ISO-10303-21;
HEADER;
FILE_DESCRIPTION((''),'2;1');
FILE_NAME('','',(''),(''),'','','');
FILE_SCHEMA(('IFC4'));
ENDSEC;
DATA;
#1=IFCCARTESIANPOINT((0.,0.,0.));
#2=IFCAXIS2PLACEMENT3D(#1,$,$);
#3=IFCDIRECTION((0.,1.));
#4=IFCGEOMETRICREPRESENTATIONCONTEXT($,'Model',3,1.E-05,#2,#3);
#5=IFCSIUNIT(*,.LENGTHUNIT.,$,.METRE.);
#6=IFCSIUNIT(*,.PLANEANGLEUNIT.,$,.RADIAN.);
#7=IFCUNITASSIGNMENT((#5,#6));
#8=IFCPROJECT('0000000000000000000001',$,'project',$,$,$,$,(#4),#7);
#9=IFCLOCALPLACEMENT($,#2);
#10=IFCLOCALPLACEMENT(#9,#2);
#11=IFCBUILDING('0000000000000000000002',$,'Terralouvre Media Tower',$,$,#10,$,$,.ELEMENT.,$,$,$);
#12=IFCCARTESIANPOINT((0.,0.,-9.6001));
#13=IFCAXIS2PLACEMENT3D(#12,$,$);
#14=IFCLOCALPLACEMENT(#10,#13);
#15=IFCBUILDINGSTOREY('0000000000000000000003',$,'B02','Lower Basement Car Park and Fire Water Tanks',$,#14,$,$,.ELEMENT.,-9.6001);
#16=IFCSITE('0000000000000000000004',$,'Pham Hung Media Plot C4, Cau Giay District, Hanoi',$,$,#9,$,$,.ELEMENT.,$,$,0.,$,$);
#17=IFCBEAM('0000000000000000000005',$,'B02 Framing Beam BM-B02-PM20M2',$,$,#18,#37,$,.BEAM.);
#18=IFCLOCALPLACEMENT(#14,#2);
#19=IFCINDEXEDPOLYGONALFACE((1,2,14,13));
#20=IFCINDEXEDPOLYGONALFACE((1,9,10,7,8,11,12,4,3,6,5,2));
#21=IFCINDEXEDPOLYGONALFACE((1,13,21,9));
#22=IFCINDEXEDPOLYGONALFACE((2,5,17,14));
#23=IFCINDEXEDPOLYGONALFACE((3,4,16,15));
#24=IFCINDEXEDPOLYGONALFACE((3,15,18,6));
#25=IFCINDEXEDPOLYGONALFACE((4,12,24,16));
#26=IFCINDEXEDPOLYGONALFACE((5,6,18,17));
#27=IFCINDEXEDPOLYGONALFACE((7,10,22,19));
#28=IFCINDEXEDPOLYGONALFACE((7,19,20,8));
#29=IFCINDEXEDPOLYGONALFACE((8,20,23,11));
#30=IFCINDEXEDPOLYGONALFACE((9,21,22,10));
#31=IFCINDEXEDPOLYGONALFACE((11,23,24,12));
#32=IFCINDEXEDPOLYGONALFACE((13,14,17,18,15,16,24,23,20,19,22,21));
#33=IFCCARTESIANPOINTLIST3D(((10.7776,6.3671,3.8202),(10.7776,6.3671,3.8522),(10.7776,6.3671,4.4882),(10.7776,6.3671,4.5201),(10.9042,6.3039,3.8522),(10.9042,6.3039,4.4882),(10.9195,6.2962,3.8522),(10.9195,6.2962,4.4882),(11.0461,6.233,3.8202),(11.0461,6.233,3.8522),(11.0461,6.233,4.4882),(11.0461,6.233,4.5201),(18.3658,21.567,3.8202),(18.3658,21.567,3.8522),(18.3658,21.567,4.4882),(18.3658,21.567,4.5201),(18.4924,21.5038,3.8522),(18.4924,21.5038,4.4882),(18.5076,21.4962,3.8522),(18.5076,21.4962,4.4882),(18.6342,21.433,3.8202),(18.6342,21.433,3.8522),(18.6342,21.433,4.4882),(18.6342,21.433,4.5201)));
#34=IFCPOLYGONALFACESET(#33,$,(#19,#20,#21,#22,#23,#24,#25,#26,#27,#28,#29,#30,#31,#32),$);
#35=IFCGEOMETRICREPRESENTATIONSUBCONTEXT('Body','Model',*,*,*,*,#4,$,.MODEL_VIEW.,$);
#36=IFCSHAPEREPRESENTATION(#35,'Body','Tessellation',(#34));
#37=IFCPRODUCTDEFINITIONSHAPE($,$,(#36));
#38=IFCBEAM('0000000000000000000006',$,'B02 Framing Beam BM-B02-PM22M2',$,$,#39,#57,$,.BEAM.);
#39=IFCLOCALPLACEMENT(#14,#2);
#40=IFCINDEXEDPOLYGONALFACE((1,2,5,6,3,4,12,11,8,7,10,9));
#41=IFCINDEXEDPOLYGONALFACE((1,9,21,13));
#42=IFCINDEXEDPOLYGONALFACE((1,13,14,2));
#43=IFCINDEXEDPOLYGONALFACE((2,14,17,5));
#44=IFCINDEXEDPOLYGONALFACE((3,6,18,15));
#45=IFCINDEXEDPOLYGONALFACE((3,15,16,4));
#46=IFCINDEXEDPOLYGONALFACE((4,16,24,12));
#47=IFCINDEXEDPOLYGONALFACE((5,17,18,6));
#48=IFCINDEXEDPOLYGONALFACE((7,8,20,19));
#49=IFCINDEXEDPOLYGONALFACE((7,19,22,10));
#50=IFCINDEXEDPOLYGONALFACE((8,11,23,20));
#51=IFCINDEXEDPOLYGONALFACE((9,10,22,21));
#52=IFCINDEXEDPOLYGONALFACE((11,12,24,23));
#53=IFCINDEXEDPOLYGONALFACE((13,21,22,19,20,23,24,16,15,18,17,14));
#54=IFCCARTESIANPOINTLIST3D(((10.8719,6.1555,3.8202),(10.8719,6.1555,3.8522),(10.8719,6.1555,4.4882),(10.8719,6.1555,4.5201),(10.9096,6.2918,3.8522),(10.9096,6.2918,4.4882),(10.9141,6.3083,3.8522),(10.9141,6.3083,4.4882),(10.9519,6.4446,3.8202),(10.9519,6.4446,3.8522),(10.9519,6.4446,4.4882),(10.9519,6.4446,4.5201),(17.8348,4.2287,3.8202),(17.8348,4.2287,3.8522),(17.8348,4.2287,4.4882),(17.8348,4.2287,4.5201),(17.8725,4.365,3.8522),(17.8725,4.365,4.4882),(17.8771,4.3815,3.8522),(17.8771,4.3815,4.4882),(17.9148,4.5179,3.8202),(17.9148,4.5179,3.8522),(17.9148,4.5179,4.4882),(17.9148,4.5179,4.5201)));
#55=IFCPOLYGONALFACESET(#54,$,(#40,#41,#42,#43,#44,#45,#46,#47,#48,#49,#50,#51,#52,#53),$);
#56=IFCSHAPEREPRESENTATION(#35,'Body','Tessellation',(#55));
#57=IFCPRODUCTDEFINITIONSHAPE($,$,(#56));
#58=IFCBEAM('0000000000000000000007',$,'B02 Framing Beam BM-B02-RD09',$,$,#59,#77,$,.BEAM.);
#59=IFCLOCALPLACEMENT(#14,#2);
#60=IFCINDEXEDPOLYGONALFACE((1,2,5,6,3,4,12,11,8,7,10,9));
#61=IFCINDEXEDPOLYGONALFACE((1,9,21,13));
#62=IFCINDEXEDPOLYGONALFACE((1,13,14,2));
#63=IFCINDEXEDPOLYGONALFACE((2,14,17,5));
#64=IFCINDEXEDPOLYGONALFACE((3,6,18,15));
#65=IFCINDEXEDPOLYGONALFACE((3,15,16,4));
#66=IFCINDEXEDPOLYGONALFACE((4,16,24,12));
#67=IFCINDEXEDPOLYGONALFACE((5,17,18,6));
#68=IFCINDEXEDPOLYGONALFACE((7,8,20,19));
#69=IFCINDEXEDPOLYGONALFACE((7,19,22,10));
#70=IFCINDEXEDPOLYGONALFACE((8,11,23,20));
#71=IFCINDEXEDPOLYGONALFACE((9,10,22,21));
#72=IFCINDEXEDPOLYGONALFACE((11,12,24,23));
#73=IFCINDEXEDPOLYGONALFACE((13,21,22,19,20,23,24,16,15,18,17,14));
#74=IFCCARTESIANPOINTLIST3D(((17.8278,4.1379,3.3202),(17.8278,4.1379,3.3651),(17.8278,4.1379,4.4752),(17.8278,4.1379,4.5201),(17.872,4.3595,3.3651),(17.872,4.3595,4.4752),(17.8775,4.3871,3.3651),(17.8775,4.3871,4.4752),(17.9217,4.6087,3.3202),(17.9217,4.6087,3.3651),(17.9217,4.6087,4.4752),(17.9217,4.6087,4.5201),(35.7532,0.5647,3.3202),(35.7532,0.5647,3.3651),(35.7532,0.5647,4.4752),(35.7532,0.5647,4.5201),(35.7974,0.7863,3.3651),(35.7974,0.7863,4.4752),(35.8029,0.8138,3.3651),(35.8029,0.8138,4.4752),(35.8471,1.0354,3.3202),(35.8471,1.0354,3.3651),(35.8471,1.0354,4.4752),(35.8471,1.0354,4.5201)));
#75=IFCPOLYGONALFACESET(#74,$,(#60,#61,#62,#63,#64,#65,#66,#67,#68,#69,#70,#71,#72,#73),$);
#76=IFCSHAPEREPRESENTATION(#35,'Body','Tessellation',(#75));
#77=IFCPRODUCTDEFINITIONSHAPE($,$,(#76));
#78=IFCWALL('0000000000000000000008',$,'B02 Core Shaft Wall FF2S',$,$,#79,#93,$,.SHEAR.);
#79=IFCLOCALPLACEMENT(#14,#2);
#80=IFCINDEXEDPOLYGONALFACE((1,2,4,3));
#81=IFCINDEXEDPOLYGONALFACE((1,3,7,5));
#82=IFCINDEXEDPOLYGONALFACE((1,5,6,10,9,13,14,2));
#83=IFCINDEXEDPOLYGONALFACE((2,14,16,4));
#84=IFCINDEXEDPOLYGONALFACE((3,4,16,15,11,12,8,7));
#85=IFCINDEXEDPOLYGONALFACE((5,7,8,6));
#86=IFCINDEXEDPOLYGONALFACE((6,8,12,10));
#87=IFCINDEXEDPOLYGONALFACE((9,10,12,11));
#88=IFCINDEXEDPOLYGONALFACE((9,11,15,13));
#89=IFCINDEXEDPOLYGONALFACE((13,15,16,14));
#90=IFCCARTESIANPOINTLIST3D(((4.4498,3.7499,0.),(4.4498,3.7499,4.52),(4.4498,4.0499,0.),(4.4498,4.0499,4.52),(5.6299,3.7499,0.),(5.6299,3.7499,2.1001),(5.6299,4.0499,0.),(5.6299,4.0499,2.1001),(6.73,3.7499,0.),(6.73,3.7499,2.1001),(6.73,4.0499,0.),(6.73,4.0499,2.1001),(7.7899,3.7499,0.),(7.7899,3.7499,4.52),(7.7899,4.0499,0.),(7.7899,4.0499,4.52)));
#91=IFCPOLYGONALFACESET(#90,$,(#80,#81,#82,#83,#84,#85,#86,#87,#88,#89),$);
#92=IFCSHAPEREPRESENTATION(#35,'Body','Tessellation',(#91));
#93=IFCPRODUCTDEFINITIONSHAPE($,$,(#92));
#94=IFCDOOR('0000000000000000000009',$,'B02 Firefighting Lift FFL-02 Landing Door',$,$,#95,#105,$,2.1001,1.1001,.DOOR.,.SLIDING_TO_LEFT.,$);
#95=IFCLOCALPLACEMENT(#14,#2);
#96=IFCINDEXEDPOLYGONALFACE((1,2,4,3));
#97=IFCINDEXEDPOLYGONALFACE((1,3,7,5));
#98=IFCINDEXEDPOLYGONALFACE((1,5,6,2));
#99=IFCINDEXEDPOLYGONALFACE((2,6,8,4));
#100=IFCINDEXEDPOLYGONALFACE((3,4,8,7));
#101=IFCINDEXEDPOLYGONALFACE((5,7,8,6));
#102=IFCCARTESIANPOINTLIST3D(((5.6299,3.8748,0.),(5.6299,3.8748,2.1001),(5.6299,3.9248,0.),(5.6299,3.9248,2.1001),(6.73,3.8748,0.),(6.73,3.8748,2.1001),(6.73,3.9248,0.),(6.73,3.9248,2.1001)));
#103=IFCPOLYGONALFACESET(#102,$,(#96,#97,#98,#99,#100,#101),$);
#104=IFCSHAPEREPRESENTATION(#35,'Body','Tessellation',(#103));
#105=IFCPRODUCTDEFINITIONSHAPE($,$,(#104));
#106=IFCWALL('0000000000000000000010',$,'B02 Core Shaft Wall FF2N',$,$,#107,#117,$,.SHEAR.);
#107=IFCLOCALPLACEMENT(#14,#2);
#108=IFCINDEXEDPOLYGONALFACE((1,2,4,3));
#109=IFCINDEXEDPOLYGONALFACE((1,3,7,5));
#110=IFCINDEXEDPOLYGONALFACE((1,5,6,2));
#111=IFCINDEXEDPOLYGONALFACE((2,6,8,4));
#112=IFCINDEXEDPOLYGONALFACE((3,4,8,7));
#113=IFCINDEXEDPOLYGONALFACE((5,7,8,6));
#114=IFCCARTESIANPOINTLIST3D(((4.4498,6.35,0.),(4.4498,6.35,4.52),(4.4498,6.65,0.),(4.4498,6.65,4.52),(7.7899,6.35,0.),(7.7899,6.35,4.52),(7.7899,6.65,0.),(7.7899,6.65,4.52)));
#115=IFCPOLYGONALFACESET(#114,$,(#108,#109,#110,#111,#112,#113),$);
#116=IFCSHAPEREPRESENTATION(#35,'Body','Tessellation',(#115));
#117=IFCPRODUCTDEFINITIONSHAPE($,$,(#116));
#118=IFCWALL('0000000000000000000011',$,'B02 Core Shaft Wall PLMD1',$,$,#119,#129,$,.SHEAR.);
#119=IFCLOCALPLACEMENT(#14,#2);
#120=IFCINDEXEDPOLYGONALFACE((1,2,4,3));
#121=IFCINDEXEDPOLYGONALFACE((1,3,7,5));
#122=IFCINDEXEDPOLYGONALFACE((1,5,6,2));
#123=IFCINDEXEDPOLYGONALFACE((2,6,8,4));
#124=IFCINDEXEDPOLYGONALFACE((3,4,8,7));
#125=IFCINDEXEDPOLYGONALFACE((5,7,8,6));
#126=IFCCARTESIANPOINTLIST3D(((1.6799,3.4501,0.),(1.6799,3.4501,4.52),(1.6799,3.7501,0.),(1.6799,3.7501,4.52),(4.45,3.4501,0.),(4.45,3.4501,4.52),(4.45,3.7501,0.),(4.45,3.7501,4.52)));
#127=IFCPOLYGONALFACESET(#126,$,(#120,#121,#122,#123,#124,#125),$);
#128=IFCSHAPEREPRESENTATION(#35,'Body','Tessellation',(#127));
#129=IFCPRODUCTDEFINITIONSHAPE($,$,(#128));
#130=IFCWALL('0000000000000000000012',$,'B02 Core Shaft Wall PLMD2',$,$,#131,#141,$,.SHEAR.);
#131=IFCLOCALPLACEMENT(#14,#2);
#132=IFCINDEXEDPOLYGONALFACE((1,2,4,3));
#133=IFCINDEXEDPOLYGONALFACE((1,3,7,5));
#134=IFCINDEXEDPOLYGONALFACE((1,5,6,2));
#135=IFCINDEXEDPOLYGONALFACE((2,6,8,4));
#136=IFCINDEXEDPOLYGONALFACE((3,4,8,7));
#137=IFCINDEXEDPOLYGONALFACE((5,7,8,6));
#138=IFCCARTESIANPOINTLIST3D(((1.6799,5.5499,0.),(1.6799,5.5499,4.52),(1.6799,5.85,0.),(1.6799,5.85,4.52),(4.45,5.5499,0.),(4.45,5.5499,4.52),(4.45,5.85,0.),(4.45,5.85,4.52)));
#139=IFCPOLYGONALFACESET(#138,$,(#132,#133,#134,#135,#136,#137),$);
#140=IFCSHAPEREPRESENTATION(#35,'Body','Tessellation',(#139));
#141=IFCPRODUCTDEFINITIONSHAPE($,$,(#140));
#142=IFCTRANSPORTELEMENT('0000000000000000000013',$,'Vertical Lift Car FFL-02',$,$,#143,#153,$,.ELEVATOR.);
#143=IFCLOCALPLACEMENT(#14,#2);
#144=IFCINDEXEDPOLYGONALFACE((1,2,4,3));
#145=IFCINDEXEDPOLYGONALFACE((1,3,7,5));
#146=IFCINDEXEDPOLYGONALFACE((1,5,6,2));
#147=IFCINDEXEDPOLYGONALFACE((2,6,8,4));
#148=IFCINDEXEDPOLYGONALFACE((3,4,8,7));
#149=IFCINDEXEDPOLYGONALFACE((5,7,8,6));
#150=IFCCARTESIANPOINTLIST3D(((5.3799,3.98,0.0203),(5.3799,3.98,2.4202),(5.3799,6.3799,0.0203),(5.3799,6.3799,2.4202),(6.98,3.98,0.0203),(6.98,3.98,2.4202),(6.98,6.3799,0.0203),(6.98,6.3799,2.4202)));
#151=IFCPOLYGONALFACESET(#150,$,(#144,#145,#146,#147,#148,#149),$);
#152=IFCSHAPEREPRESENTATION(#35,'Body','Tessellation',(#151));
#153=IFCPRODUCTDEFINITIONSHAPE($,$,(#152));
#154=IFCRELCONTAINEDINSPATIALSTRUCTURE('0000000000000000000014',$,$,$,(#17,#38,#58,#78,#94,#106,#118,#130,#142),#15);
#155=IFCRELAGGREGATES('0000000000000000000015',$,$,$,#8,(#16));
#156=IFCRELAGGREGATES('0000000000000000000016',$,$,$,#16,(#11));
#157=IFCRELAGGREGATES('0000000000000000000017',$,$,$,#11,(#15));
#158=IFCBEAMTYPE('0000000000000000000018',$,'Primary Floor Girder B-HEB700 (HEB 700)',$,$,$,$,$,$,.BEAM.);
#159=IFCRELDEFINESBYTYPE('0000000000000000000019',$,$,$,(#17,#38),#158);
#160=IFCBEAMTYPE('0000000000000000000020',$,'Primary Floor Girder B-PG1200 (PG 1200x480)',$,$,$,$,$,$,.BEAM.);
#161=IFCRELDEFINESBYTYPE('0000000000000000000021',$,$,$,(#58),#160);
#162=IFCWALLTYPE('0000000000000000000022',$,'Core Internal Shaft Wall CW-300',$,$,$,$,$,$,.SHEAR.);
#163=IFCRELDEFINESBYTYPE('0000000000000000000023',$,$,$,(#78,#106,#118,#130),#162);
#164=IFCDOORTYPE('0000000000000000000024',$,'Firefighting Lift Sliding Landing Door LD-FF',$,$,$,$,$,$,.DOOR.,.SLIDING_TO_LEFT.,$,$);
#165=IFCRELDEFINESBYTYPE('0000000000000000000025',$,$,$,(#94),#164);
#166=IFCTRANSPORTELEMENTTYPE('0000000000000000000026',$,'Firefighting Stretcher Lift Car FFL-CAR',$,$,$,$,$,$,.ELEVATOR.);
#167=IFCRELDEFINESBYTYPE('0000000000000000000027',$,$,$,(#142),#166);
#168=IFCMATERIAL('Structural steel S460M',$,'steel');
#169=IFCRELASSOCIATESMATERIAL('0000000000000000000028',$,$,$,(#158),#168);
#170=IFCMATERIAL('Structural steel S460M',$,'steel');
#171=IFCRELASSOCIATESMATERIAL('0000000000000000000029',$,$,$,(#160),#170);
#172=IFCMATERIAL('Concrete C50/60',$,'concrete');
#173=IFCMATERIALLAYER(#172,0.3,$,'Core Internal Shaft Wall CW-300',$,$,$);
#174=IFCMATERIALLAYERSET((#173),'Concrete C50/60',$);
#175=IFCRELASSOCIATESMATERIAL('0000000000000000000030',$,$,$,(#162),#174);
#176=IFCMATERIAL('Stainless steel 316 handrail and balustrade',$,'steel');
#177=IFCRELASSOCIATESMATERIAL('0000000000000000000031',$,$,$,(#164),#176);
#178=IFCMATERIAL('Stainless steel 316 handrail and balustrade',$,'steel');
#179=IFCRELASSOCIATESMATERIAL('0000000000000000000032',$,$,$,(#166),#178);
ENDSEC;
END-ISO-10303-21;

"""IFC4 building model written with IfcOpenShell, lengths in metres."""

from ifc_helpers import new_model, si_unit, direction, frame, frame_2d, origin, origin_2d, place, context, subcontext, project, spatial, rectangle, i_section, extrude, material, layer, layer_set, material_profile, profile_set, type_object, element, fill, save


model = new_model("IFC4")

# Units and contexts
model_context = context("Model", 3, precision=1e-05, world=origin(), true_north=direction((0.0, 1.0)))
body_context = subcontext(model_context, "Body", "Model", "MODEL_VIEW")
ifc_project = project(units=[si_unit("LENGTHUNIT", "METRE"), si_unit("PLANEANGLEUNIT", "RADIAN")], contexts=[model_context])

# Site, building, storey
site_placement = place(None, origin())
site = spatial("IfcSite", under=ifc_project, at=site_placement, Name="Pham Hung Media Plot C4, Cau Giay District, Hanoi", CompositionType="ELEMENT", RefElevation=0.0)
building_placement = place(site_placement, origin())
building = spatial("IfcBuilding", under=site, at=building_placement, Name="Terralouvre Media Tower", CompositionType="ELEMENT")
storey_placement = place(building_placement, frame((0.0, 0.0, -9.6001)))
storey = spatial("IfcBuildingStorey", under=building, at=storey_placement, Name="B02", Description="Lower Basement Car Park and Fire Water Tanks", CompositionType="ELEMENT", Elevation=-9.6001)

# Beams
ifc_material_1 = material(Name="Structural steel S460M", Category="steel")
ifc_material_profile_1 = material_profile(ifc_material_1, i_section(OverallWidth=0.3, OverallDepth=0.7, WebThickness=0.0171, FlangeThickness=0.032, at=origin_2d()), Name="HEB 700")
ifc_profile_set_1 = profile_set([ifc_material_profile_1], Name="Structural steel S460M")
beam_type_1 = type_object("IfcBeamType", Name="Primary Floor Girder B-HEB700 (HEB 700)", PredefinedType="BEAM", material=ifc_profile_set_1)
beam_1_placement = place(storey_placement, frame((10.9119, 6.3, 4.1702), z_axis=(0.446656, 0.894706, 0.0), x_axis=(-0.894706, 0.446656, 0.0)))
element("IfcBeam", 1, at=beam_1_placement, inside=storey, type_object=beam_type_1, Name="B02 Framing Beam BM-B02-PM20M2", PredefinedType="BEAM", context=body_context, shape_type="SweptSolid", body=[
    extrude(i_section(OverallWidth=0.3, OverallDepth=0.7, WebThickness=0.0171, FlangeThickness=0.032, at=origin_2d()), origin(), (0.0, 0.0, 1.0), 16.9888),
])
beam_2_placement = place(storey_placement, frame((10.9119, 6.3, 4.1702), z_axis=(0.963781, -0.266696, 0.0), x_axis=(0.266696, 0.963781, 0.0)))
element("IfcBeam", 2, at=beam_2_placement, inside=storey, type_object=beam_type_1, Name="B02 Framing Beam BM-B02-PM22M2", PredefinedType="BEAM", context=body_context, shape_type="SweptSolid", body=[
    extrude(i_section(OverallWidth=0.3, OverallDepth=0.7, WebThickness=0.0171, FlangeThickness=0.032, at=origin_2d()), origin(), (0.0, 0.0, 1.0), 7.2246),
])
ifc_material_2 = material(Name="Structural steel S460M", Category="steel")
ifc_material_profile_2 = material_profile(ifc_material_2, i_section(OverallWidth=0.48, OverallDepth=1.2, WebThickness=0.0281, FlangeThickness=0.0449, at=origin_2d()), Name="PG 1200x480")
ifc_profile_set_2 = profile_set([ifc_material_profile_2], Name="Structural steel S460M")
beam_type_2 = type_object("IfcBeamType", Name="Primary Floor Girder B-PG1200 (PG 1200x480)", PredefinedType="BEAM", material=ifc_profile_set_2)
beam_3_placement = place(storey_placement, frame((17.8748, 4.3733, 3.9202), z_axis=(0.980705, -0.195494, 0.0), x_axis=(0.195494, 0.980705, 0.0)))
element("IfcBeam", 3, at=beam_3_placement, inside=storey, type_object=beam_type_2, Name="B02 Framing Beam BM-B02-RD09", PredefinedType="BEAM", context=body_context, shape_type="SweptSolid", body=[
    extrude(i_section(OverallWidth=0.48, OverallDepth=1.2, WebThickness=0.0281, FlangeThickness=0.0449, at=origin_2d()), origin(), (0.0, 0.0, 1.0), 18.2781),
])

# Wall, opening, door
ifc_material_3 = material(Name="Concrete C50/60", Category="concrete")
ifc_layer = layer(ifc_material_3, 0.3, Name="Core Internal Shaft Wall CW-300")
ifc_layer_set = layer_set([ifc_layer], Name="Concrete C50/60")
wall_type = type_object("IfcWallType", Name="Core Internal Shaft Wall CW-300", PredefinedType="SHEAR", material=ifc_layer_set)
wall_1_placement = place(storey_placement, frame((4.45, 3.8999, 0.0), z_axis=(0.0, 0.0, 1.0), x_axis=(1.0, 0.0, 0.0)))
wall_1 = element("IfcWall", 4, at=wall_1_placement, inside=storey, type_object=wall_type, Name="B02 Core Shaft Wall FF2S", PredefinedType="SHEAR", context=body_context, shape_type="SweptSolid", body=[
    extrude(rectangle(XDim=3.3401, YDim=0.3, at=frame_2d((1.6699, 0.0))), origin(), (0.0, 0.0, 1.0), 4.52),
])
opening_placement = place(wall_1_placement, frame((1.1799, 0.0, 0.0)))
opening = element("IfcOpeningElement", 5, at=opening_placement, cuts=wall_1, PredefinedType="OPENING", context=body_context, shape_type="SweptSolid", body=[
    extrude(rectangle(XDim=1.1001, YDim=2.1001, at=frame_2d((0.55, 1.05))), frame((0.0, 0.1599, 0.0), z_axis=(0.0, -1.0, 0.0), x_axis=(1.0, 0.0, 0.0)), (0.0, 0.0, 1.0), 0.3201),
])
ifc_material_4 = material(Name="Stainless steel 316 handrail and balustrade", Category="steel")
door_type = type_object("IfcDoorType", Name="Firefighting Lift Sliding Landing Door LD-FF", OperationType="SLIDING_TO_LEFT", PredefinedType="DOOR", material=ifc_material_4)
door_placement = place(opening_placement, origin())
door = element("IfcDoor", 6, at=door_placement, inside=storey, type_object=door_type, Name="B02 Firefighting Lift FFL-02 Landing Door", OperationType="SLIDING_TO_LEFT", OverallHeight=2.1001, OverallWidth=1.1001, PredefinedType="DOOR", context=body_context, shape_type="SweptSolid", body=[
    extrude(rectangle(XDim=1.1001, YDim=2.1001, at=frame_2d((0.55, 1.05))), frame((0.0, 0.0249, 0.0), z_axis=(0.0, -1.0, 0.0), x_axis=(1.0, 0.0, 0.0)), (0.0, 0.0, 1.0), 0.05),
])
fill(opening, door)

# Walls
wall_2_placement = place(storey_placement, frame((4.45, 6.5, 0.0), z_axis=(0.0, 0.0, 1.0), x_axis=(1.0, 0.0, 0.0)))
element("IfcWall", 7, at=wall_2_placement, inside=storey, type_object=wall_type, Name="B02 Core Shaft Wall FF2N", PredefinedType="SHEAR", context=body_context, shape_type="SweptSolid", body=[
    extrude(rectangle(XDim=3.3401, YDim=0.3, at=frame_2d((1.6699, 0.0))), origin(), (0.0, 0.0, 1.0), 4.52),
])
for number, where, z_axis, x_axis, name in (
    (8, (1.6799, 3.6001, 0.0), (0.0, 0.0, 1.0), (1.0, 0.0, 0.0), "B02 Core Shaft Wall PLMD1"),
    (9, (1.6799, 5.7, 0.0), (0.0, 0.0, 1.0), (1.0, 0.0, 0.0), "B02 Core Shaft Wall PLMD2"),
):
    element("IfcWall", number, at=place(storey_placement, frame(where, z_axis=z_axis, x_axis=x_axis)), inside=storey, type_object=wall_type, Name=name, PredefinedType="SHEAR", context=body_context, shape_type="SweptSolid", body=[
        extrude(rectangle(XDim=2.77, YDim=0.3, at=frame_2d((1.385, 0.0))), origin(), (0.0, 0.0, 1.0), 4.52),
    ])

# Transport element
ifc_material_5 = material(Name="Stainless steel 316 handrail and balustrade", Category="steel")
transport_element_type = type_object("IfcTransportElementType", Name="Firefighting Stretcher Lift Car FFL-CAR", PredefinedType="ELEVATOR", material=ifc_material_5)
transport_element_placement = place(storey_placement, frame((6.1799, 5.1799, 0.0203), z_axis=(0.0, 0.0, 1.0), x_axis=(1.0, 0.0, 0.0)))
element("IfcTransportElement", 10, at=transport_element_placement, inside=storey, type_object=transport_element_type, Name="Vertical Lift Car FFL-02", PredefinedType="ELEVATOR", context=body_context, shape_type="SweptSolid", body=[
    extrude(rectangle(XDim=1.6001, YDim=2.3999, at=origin_2d()), origin(), (0.0, 0.0, 1.0), 2.3999),
])

save(model, "model.ifc")
